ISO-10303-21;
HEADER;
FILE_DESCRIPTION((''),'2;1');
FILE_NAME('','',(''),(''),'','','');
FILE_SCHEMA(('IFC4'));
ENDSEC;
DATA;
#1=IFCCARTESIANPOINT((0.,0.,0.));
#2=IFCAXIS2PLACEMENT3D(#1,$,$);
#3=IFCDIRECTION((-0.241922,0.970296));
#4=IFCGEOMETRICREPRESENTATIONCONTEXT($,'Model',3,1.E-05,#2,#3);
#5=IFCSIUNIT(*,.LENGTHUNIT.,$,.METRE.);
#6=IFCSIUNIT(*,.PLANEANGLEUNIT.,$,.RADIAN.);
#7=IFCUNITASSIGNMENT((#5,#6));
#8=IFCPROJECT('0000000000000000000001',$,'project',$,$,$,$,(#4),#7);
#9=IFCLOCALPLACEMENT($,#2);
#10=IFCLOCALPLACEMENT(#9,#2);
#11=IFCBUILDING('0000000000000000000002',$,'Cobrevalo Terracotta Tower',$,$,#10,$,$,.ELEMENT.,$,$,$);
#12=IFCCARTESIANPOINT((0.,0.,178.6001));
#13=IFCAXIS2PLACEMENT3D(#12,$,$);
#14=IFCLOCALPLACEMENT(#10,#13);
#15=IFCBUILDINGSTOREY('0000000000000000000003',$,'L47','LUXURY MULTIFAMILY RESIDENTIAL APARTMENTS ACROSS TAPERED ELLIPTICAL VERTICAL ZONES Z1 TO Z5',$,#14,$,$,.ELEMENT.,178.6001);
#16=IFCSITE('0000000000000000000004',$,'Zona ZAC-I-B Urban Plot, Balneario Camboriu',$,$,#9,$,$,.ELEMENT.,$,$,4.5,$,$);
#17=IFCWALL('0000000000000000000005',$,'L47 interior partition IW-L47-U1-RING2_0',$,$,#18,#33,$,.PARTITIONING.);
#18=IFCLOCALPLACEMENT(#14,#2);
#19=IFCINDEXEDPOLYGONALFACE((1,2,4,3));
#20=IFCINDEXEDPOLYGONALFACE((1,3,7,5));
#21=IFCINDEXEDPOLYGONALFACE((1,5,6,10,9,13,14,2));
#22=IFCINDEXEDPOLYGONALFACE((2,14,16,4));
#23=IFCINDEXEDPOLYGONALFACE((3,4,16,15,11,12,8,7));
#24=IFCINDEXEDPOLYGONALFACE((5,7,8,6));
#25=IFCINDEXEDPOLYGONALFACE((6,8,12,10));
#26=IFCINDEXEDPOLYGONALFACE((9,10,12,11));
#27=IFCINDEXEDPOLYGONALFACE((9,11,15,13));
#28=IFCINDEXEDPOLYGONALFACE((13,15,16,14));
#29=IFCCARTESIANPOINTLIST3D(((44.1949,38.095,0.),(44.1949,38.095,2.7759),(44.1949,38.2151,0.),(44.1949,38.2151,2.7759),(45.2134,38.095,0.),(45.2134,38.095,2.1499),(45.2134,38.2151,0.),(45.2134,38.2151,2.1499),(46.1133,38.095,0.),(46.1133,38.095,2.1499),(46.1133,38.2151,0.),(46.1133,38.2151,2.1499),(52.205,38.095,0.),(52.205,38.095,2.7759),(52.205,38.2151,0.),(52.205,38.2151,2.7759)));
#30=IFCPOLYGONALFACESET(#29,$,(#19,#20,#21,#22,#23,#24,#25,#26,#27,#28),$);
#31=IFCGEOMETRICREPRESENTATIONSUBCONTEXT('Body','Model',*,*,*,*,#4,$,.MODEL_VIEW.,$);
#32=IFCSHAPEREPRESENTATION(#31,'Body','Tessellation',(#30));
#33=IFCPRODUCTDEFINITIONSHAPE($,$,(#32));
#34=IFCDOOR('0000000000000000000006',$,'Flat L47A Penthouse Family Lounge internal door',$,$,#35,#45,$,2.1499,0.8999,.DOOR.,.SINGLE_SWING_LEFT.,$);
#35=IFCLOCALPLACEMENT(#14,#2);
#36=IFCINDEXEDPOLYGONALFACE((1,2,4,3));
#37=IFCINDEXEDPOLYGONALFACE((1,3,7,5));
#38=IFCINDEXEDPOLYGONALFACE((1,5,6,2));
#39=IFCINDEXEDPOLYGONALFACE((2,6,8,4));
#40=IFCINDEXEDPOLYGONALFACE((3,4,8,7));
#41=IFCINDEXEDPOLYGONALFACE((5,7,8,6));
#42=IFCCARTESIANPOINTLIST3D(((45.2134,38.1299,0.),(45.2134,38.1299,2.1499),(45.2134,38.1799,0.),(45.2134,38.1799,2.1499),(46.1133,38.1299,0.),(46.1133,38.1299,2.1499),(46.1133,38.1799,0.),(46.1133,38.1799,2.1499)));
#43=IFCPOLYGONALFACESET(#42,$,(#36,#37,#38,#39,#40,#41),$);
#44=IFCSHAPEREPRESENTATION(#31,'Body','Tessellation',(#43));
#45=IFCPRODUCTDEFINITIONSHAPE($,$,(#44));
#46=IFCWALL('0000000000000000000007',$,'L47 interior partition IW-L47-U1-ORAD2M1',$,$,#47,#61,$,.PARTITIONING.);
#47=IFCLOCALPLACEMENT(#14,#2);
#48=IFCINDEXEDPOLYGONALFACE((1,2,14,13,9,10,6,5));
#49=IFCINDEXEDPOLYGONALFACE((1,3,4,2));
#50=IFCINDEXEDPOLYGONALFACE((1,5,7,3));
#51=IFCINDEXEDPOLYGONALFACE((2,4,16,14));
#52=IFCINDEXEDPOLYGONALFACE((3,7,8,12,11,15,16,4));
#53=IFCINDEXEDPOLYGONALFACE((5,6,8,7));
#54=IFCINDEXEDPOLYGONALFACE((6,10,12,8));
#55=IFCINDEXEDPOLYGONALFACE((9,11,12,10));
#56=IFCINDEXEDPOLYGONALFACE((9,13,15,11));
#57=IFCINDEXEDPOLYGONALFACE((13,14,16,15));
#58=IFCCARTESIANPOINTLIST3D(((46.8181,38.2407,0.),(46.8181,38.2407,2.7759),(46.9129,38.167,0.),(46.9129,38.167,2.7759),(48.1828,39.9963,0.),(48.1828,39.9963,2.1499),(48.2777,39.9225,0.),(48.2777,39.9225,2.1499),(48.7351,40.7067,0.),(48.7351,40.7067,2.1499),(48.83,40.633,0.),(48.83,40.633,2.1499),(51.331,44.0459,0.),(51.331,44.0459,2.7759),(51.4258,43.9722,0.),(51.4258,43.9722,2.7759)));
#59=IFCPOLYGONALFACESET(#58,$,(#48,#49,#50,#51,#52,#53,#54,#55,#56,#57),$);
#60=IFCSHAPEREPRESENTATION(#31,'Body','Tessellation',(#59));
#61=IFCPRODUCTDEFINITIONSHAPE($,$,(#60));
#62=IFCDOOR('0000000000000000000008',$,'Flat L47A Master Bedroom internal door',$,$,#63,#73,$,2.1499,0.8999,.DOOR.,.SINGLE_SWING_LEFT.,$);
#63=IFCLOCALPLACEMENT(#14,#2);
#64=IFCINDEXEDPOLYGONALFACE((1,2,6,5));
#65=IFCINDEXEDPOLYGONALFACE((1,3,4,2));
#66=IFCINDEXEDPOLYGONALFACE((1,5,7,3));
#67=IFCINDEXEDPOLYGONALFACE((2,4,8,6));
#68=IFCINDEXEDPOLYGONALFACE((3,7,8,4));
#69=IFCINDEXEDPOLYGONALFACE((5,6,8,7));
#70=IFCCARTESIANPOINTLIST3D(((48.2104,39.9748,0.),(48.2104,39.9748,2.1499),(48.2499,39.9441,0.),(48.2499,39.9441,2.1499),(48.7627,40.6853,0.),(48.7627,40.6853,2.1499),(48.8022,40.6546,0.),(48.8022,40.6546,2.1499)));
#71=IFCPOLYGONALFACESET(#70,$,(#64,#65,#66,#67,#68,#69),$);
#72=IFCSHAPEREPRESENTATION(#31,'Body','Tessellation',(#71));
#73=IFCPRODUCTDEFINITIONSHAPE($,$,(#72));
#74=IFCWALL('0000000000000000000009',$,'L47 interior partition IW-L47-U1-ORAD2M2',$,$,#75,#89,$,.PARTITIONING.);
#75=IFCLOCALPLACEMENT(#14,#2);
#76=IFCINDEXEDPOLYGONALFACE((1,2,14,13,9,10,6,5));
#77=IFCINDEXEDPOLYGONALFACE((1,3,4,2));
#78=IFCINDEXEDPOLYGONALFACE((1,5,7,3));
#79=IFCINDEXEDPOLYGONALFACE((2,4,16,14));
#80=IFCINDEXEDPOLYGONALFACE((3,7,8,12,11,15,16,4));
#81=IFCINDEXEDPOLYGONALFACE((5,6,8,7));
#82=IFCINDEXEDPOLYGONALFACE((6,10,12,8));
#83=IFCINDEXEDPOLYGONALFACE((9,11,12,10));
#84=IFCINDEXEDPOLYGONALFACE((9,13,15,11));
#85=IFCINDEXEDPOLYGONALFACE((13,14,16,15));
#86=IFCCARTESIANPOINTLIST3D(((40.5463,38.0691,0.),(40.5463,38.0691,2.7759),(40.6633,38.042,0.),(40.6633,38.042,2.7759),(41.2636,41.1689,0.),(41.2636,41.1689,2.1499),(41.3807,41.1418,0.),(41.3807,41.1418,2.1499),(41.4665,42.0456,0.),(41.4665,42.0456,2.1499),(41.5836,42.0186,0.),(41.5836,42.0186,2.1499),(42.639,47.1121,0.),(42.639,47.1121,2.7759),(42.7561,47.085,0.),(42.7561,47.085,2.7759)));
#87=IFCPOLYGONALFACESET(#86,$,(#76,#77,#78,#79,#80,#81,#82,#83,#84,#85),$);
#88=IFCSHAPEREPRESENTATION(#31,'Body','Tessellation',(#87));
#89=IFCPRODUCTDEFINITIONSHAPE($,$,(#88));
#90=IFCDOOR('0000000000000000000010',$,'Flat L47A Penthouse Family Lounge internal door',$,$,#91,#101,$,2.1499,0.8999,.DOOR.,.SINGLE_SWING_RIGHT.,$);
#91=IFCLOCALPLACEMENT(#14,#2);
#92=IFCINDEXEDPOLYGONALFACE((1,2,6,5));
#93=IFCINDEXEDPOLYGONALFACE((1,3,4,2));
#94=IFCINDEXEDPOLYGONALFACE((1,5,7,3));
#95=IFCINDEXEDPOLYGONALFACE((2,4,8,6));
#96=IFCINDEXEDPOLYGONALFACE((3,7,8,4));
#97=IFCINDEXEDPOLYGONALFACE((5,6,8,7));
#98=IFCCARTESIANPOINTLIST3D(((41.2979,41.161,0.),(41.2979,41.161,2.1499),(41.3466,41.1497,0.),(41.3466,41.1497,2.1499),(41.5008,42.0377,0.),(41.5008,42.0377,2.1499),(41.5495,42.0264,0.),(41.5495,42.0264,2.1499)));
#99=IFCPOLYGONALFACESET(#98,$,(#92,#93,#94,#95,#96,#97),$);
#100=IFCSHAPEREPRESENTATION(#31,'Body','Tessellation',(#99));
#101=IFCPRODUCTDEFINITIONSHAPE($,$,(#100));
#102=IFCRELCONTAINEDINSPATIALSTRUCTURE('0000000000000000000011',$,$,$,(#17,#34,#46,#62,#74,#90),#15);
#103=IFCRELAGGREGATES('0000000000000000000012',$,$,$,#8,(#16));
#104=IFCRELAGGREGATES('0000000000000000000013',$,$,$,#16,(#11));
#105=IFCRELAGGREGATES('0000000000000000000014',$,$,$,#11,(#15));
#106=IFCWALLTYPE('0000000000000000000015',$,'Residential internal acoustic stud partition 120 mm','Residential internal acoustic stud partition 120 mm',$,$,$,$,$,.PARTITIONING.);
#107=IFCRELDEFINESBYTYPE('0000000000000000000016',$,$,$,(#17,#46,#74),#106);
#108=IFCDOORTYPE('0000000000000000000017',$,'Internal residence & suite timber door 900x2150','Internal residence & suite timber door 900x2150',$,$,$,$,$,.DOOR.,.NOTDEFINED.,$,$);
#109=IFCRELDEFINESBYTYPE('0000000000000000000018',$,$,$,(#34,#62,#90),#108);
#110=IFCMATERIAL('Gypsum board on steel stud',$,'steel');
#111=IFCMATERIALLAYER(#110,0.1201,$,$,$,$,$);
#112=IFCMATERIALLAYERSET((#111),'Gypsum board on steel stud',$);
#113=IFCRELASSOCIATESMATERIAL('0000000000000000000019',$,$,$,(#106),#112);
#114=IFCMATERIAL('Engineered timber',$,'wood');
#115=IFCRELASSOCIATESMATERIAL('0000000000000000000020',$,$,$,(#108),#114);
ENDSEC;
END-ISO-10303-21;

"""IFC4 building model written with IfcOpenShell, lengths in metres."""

from ifc_helpers import new_model, si_unit, direction, frame, frame_2d, origin, place, context, subcontext, project, spatial, rectangle, extrude, source, transform, mapped, material, layer, layer_set, type_object, element, fill, save


model = new_model("IFC4")

# Units and contexts
model_context = context("Model", 3, precision=1e-05, world=origin(), true_north=direction((-0.241922, 0.970296)))
body_context = subcontext(model_context, "Body", "Model", "MODEL_VIEW")
ifc_project = project(units=[si_unit("LENGTHUNIT", "METRE"), si_unit("PLANEANGLEUNIT", "RADIAN")], contexts=[model_context])

# Site, building, storey
site_placement = place(None, origin())
site = spatial("IfcSite", under=ifc_project, at=site_placement, Name="Zona ZAC-I-B Urban Plot, Balneario Camboriu", CompositionType="ELEMENT", RefElevation=4.5)
building_placement = place(site_placement, origin())
building = spatial("IfcBuilding", under=site, at=building_placement, Name="Cobrevalo Terracotta Tower", CompositionType="ELEMENT")
storey_placement = place(building_placement, frame((0.0, 0.0, 178.6001)))
storey = spatial("IfcBuildingStorey", under=building, at=storey_placement, Name="L47", Description="LUXURY MULTIFAMILY RESIDENTIAL APARTMENTS ACROSS TAPERED ELLIPTICAL VERTICAL ZONES Z1 TO Z5", CompositionType="ELEMENT", Elevation=178.6001)

# Shared definitions
ifc_material_1 = material(Name="Gypsum board on steel stud", Category="steel")

# Shared definitions
ifc_layer_1 = layer(ifc_material_1, 0.1201)
ifc_layer_set_1 = layer_set([ifc_layer_1], Name="Gypsum board on steel stud")
wall_type_1 = type_object("IfcWallType", Name="Residential internal acoustic stud partition 120 mm", Description="Residential internal acoustic stud partition 120 mm", PredefinedType="PARTITIONING", material=ifc_layer_set_1)

# Walls, openings, doors
wall_1_placement = place(storey_placement, frame((44.1951, 38.155, 0.0), z_axis=(0.0, 0.0, 1.0), x_axis=(1.0, 0.0, 0.0)))
wall_1 = element("IfcWall", 1, at=wall_1_placement, inside=storey, type_object=wall_type_1, Name="L47 interior partition IW-L47-U1-RING2_0", PredefinedType="PARTITIONING", context=body_context, shape_type="SweptSolid", body=[
    extrude(rectangle(XDim=8.01, YDim=0.1201, at=frame_2d((4.0049, 0.0))), origin(), (0.0, 0.0, 1.0), 2.7759),
])
opening_1_placement = place(wall_1_placement, frame((1.0183, 0.0, 0.0)))
opening_1 = element("IfcOpeningElement", 2, at=opening_1_placement, cuts=wall_1, PredefinedType="OPENING", context=body_context, shape_type="SweptSolid", body=[
    extrude(rectangle(XDim=0.8999, YDim=2.1499, at=frame_2d((0.45, 1.075))), frame((0.0, 0.0701, 0.0), z_axis=(0.0, -1.0, 0.0), x_axis=(1.0, 0.0, 0.0)), (0.0, 0.0, 1.0), 0.1401),
])
ifc_material_2 = material(Name="Engineered timber", Category="wood")
door_type_1 = type_object("IfcDoorType", Name="Internal residence & suite timber door 900x2150", Description="Internal residence & suite timber door 900x2150", OperationType="NOTDEFINED", PredefinedType="DOOR", material=ifc_material_2)
shared_shape_1 = source(origin(), body_context, "Body", "SweptSolid", [
    extrude(rectangle(XDim=0.8999, YDim=2.1499, at=frame_2d((0.45, 1.075))), frame((0.0, 0.0249, 0.0), z_axis=(0.0, -1.0, 0.0), x_axis=(1.0, 0.0, 0.0)), (0.0, 0.0, 1.0), 0.05),
])
door_1_placement = place(opening_1_placement, origin())
door_1 = element("IfcDoor", 3, at=door_1_placement, inside=storey, type_object=door_type_1, Name="Flat L47A Penthouse Family Lounge internal door", OperationType="SINGLE_SWING_LEFT", OverallHeight=2.1499, OverallWidth=0.8999, PredefinedType="DOOR", context=body_context, shape_type="MappedRepresentation", body=[
    mapped(shared_shape_1, transform((0.0, 0.0, 0.0), scale=1.0)),
])
fill(opening_1, door_1)
wall_2_placement = place(storey_placement, frame((46.8655, 38.2039, 0.0), z_axis=(0.0, 0.0, 1.0), x_axis=(0.613754, 0.789497, 0.0)))
wall_2 = element("IfcWall", 4, at=wall_2_placement, inside=storey, type_object=wall_type_1, Name="L47 interior partition IW-L47-U1-ORAD2M1", PredefinedType="PARTITIONING", context=body_context, shape_type="SweptSolid", body=[
    extrude(rectangle(XDim=7.353, YDim=0.1201, at=frame_2d((3.6765, 0.0))), origin(), (0.0, 0.0, 1.0), 2.7759),
])
opening_2_placement = place(wall_2_placement, frame((2.2236, 0.0, 0.0)))
opening_2 = element("IfcOpeningElement", 5, at=opening_2_placement, cuts=wall_2, PredefinedType="OPENING", context=body_context, shape_type="SweptSolid", body=[
    extrude(rectangle(XDim=0.8999, YDim=2.1499, at=frame_2d((0.45, 1.075))), frame((0.0, 0.0701, 0.0), z_axis=(0.0, -1.0, 0.0), x_axis=(1.0, 0.0, 0.0)), (0.0, 0.0, 1.0), 0.1401),
])
door_2_placement = place(opening_2_placement, frame((0.8999, 0.0, 0.0), z_axis=(0.0, 0.0, 1.0), x_axis=(-1.0, 0.0, 0.0)))
door_2 = element("IfcDoor", 6, at=door_2_placement, inside=storey, type_object=door_type_1, Name="Flat L47A Master Bedroom internal door", OperationType="SINGLE_SWING_LEFT", OverallHeight=2.1499, OverallWidth=0.8999, PredefinedType="DOOR", context=body_context, shape_type="MappedRepresentation", body=[
    mapped(shared_shape_1, transform((0.0, 0.0, 0.0), scale=1.0)),
])
fill(opening_2, door_2)
wall_3_placement = place(storey_placement, frame((40.6047, 38.0554, 0.0), z_axis=(0.0, 0.0, 1.0), x_axis=(0.225466, 0.974251, 0.0)))
wall_3 = element("IfcWall", 7, at=wall_3_placement, inside=storey, type_object=wall_type_1, Name="L47 interior partition IW-L47-U1-ORAD2M2", PredefinedType="PARTITIONING", context=body_context, shape_type="SweptSolid", body=[
    extrude(rectangle(XDim=9.282, YDim=0.1201, at=frame_2d((4.6411, 0.0))), origin(), (0.0, 0.0, 1.0), 2.7759),
])
opening_3_placement = place(wall_3_placement, frame((3.1819, 0.0, 0.0)))
opening_3 = element("IfcOpeningElement", 8, at=opening_3_placement, cuts=wall_3, PredefinedType="OPENING", context=body_context, shape_type="SweptSolid", body=[
    extrude(rectangle(XDim=0.8999, YDim=2.1499, at=frame_2d((0.45, 1.075))), frame((0.0, 0.0701, 0.0), z_axis=(0.0, -1.0, 0.0), x_axis=(1.0, 0.0, 0.0)), (0.0, 0.0, 1.0), 0.1401),
])
door_3_placement = place(opening_3_placement, origin())
door_3 = element("IfcDoor", 9, at=door_3_placement, inside=storey, type_object=door_type_1, Name="Flat L47A Penthouse Family Lounge internal door", OperationType="SINGLE_SWING_RIGHT", OverallHeight=2.1499, OverallWidth=0.8999, PredefinedType="DOOR", context=body_context, shape_type="MappedRepresentation", body=[
    mapped(shared_shape_1, transform((0.0, 0.0, 0.0), scale=1.0)),
])
fill(opening_3, door_3)

save(model, "model.ifc")
